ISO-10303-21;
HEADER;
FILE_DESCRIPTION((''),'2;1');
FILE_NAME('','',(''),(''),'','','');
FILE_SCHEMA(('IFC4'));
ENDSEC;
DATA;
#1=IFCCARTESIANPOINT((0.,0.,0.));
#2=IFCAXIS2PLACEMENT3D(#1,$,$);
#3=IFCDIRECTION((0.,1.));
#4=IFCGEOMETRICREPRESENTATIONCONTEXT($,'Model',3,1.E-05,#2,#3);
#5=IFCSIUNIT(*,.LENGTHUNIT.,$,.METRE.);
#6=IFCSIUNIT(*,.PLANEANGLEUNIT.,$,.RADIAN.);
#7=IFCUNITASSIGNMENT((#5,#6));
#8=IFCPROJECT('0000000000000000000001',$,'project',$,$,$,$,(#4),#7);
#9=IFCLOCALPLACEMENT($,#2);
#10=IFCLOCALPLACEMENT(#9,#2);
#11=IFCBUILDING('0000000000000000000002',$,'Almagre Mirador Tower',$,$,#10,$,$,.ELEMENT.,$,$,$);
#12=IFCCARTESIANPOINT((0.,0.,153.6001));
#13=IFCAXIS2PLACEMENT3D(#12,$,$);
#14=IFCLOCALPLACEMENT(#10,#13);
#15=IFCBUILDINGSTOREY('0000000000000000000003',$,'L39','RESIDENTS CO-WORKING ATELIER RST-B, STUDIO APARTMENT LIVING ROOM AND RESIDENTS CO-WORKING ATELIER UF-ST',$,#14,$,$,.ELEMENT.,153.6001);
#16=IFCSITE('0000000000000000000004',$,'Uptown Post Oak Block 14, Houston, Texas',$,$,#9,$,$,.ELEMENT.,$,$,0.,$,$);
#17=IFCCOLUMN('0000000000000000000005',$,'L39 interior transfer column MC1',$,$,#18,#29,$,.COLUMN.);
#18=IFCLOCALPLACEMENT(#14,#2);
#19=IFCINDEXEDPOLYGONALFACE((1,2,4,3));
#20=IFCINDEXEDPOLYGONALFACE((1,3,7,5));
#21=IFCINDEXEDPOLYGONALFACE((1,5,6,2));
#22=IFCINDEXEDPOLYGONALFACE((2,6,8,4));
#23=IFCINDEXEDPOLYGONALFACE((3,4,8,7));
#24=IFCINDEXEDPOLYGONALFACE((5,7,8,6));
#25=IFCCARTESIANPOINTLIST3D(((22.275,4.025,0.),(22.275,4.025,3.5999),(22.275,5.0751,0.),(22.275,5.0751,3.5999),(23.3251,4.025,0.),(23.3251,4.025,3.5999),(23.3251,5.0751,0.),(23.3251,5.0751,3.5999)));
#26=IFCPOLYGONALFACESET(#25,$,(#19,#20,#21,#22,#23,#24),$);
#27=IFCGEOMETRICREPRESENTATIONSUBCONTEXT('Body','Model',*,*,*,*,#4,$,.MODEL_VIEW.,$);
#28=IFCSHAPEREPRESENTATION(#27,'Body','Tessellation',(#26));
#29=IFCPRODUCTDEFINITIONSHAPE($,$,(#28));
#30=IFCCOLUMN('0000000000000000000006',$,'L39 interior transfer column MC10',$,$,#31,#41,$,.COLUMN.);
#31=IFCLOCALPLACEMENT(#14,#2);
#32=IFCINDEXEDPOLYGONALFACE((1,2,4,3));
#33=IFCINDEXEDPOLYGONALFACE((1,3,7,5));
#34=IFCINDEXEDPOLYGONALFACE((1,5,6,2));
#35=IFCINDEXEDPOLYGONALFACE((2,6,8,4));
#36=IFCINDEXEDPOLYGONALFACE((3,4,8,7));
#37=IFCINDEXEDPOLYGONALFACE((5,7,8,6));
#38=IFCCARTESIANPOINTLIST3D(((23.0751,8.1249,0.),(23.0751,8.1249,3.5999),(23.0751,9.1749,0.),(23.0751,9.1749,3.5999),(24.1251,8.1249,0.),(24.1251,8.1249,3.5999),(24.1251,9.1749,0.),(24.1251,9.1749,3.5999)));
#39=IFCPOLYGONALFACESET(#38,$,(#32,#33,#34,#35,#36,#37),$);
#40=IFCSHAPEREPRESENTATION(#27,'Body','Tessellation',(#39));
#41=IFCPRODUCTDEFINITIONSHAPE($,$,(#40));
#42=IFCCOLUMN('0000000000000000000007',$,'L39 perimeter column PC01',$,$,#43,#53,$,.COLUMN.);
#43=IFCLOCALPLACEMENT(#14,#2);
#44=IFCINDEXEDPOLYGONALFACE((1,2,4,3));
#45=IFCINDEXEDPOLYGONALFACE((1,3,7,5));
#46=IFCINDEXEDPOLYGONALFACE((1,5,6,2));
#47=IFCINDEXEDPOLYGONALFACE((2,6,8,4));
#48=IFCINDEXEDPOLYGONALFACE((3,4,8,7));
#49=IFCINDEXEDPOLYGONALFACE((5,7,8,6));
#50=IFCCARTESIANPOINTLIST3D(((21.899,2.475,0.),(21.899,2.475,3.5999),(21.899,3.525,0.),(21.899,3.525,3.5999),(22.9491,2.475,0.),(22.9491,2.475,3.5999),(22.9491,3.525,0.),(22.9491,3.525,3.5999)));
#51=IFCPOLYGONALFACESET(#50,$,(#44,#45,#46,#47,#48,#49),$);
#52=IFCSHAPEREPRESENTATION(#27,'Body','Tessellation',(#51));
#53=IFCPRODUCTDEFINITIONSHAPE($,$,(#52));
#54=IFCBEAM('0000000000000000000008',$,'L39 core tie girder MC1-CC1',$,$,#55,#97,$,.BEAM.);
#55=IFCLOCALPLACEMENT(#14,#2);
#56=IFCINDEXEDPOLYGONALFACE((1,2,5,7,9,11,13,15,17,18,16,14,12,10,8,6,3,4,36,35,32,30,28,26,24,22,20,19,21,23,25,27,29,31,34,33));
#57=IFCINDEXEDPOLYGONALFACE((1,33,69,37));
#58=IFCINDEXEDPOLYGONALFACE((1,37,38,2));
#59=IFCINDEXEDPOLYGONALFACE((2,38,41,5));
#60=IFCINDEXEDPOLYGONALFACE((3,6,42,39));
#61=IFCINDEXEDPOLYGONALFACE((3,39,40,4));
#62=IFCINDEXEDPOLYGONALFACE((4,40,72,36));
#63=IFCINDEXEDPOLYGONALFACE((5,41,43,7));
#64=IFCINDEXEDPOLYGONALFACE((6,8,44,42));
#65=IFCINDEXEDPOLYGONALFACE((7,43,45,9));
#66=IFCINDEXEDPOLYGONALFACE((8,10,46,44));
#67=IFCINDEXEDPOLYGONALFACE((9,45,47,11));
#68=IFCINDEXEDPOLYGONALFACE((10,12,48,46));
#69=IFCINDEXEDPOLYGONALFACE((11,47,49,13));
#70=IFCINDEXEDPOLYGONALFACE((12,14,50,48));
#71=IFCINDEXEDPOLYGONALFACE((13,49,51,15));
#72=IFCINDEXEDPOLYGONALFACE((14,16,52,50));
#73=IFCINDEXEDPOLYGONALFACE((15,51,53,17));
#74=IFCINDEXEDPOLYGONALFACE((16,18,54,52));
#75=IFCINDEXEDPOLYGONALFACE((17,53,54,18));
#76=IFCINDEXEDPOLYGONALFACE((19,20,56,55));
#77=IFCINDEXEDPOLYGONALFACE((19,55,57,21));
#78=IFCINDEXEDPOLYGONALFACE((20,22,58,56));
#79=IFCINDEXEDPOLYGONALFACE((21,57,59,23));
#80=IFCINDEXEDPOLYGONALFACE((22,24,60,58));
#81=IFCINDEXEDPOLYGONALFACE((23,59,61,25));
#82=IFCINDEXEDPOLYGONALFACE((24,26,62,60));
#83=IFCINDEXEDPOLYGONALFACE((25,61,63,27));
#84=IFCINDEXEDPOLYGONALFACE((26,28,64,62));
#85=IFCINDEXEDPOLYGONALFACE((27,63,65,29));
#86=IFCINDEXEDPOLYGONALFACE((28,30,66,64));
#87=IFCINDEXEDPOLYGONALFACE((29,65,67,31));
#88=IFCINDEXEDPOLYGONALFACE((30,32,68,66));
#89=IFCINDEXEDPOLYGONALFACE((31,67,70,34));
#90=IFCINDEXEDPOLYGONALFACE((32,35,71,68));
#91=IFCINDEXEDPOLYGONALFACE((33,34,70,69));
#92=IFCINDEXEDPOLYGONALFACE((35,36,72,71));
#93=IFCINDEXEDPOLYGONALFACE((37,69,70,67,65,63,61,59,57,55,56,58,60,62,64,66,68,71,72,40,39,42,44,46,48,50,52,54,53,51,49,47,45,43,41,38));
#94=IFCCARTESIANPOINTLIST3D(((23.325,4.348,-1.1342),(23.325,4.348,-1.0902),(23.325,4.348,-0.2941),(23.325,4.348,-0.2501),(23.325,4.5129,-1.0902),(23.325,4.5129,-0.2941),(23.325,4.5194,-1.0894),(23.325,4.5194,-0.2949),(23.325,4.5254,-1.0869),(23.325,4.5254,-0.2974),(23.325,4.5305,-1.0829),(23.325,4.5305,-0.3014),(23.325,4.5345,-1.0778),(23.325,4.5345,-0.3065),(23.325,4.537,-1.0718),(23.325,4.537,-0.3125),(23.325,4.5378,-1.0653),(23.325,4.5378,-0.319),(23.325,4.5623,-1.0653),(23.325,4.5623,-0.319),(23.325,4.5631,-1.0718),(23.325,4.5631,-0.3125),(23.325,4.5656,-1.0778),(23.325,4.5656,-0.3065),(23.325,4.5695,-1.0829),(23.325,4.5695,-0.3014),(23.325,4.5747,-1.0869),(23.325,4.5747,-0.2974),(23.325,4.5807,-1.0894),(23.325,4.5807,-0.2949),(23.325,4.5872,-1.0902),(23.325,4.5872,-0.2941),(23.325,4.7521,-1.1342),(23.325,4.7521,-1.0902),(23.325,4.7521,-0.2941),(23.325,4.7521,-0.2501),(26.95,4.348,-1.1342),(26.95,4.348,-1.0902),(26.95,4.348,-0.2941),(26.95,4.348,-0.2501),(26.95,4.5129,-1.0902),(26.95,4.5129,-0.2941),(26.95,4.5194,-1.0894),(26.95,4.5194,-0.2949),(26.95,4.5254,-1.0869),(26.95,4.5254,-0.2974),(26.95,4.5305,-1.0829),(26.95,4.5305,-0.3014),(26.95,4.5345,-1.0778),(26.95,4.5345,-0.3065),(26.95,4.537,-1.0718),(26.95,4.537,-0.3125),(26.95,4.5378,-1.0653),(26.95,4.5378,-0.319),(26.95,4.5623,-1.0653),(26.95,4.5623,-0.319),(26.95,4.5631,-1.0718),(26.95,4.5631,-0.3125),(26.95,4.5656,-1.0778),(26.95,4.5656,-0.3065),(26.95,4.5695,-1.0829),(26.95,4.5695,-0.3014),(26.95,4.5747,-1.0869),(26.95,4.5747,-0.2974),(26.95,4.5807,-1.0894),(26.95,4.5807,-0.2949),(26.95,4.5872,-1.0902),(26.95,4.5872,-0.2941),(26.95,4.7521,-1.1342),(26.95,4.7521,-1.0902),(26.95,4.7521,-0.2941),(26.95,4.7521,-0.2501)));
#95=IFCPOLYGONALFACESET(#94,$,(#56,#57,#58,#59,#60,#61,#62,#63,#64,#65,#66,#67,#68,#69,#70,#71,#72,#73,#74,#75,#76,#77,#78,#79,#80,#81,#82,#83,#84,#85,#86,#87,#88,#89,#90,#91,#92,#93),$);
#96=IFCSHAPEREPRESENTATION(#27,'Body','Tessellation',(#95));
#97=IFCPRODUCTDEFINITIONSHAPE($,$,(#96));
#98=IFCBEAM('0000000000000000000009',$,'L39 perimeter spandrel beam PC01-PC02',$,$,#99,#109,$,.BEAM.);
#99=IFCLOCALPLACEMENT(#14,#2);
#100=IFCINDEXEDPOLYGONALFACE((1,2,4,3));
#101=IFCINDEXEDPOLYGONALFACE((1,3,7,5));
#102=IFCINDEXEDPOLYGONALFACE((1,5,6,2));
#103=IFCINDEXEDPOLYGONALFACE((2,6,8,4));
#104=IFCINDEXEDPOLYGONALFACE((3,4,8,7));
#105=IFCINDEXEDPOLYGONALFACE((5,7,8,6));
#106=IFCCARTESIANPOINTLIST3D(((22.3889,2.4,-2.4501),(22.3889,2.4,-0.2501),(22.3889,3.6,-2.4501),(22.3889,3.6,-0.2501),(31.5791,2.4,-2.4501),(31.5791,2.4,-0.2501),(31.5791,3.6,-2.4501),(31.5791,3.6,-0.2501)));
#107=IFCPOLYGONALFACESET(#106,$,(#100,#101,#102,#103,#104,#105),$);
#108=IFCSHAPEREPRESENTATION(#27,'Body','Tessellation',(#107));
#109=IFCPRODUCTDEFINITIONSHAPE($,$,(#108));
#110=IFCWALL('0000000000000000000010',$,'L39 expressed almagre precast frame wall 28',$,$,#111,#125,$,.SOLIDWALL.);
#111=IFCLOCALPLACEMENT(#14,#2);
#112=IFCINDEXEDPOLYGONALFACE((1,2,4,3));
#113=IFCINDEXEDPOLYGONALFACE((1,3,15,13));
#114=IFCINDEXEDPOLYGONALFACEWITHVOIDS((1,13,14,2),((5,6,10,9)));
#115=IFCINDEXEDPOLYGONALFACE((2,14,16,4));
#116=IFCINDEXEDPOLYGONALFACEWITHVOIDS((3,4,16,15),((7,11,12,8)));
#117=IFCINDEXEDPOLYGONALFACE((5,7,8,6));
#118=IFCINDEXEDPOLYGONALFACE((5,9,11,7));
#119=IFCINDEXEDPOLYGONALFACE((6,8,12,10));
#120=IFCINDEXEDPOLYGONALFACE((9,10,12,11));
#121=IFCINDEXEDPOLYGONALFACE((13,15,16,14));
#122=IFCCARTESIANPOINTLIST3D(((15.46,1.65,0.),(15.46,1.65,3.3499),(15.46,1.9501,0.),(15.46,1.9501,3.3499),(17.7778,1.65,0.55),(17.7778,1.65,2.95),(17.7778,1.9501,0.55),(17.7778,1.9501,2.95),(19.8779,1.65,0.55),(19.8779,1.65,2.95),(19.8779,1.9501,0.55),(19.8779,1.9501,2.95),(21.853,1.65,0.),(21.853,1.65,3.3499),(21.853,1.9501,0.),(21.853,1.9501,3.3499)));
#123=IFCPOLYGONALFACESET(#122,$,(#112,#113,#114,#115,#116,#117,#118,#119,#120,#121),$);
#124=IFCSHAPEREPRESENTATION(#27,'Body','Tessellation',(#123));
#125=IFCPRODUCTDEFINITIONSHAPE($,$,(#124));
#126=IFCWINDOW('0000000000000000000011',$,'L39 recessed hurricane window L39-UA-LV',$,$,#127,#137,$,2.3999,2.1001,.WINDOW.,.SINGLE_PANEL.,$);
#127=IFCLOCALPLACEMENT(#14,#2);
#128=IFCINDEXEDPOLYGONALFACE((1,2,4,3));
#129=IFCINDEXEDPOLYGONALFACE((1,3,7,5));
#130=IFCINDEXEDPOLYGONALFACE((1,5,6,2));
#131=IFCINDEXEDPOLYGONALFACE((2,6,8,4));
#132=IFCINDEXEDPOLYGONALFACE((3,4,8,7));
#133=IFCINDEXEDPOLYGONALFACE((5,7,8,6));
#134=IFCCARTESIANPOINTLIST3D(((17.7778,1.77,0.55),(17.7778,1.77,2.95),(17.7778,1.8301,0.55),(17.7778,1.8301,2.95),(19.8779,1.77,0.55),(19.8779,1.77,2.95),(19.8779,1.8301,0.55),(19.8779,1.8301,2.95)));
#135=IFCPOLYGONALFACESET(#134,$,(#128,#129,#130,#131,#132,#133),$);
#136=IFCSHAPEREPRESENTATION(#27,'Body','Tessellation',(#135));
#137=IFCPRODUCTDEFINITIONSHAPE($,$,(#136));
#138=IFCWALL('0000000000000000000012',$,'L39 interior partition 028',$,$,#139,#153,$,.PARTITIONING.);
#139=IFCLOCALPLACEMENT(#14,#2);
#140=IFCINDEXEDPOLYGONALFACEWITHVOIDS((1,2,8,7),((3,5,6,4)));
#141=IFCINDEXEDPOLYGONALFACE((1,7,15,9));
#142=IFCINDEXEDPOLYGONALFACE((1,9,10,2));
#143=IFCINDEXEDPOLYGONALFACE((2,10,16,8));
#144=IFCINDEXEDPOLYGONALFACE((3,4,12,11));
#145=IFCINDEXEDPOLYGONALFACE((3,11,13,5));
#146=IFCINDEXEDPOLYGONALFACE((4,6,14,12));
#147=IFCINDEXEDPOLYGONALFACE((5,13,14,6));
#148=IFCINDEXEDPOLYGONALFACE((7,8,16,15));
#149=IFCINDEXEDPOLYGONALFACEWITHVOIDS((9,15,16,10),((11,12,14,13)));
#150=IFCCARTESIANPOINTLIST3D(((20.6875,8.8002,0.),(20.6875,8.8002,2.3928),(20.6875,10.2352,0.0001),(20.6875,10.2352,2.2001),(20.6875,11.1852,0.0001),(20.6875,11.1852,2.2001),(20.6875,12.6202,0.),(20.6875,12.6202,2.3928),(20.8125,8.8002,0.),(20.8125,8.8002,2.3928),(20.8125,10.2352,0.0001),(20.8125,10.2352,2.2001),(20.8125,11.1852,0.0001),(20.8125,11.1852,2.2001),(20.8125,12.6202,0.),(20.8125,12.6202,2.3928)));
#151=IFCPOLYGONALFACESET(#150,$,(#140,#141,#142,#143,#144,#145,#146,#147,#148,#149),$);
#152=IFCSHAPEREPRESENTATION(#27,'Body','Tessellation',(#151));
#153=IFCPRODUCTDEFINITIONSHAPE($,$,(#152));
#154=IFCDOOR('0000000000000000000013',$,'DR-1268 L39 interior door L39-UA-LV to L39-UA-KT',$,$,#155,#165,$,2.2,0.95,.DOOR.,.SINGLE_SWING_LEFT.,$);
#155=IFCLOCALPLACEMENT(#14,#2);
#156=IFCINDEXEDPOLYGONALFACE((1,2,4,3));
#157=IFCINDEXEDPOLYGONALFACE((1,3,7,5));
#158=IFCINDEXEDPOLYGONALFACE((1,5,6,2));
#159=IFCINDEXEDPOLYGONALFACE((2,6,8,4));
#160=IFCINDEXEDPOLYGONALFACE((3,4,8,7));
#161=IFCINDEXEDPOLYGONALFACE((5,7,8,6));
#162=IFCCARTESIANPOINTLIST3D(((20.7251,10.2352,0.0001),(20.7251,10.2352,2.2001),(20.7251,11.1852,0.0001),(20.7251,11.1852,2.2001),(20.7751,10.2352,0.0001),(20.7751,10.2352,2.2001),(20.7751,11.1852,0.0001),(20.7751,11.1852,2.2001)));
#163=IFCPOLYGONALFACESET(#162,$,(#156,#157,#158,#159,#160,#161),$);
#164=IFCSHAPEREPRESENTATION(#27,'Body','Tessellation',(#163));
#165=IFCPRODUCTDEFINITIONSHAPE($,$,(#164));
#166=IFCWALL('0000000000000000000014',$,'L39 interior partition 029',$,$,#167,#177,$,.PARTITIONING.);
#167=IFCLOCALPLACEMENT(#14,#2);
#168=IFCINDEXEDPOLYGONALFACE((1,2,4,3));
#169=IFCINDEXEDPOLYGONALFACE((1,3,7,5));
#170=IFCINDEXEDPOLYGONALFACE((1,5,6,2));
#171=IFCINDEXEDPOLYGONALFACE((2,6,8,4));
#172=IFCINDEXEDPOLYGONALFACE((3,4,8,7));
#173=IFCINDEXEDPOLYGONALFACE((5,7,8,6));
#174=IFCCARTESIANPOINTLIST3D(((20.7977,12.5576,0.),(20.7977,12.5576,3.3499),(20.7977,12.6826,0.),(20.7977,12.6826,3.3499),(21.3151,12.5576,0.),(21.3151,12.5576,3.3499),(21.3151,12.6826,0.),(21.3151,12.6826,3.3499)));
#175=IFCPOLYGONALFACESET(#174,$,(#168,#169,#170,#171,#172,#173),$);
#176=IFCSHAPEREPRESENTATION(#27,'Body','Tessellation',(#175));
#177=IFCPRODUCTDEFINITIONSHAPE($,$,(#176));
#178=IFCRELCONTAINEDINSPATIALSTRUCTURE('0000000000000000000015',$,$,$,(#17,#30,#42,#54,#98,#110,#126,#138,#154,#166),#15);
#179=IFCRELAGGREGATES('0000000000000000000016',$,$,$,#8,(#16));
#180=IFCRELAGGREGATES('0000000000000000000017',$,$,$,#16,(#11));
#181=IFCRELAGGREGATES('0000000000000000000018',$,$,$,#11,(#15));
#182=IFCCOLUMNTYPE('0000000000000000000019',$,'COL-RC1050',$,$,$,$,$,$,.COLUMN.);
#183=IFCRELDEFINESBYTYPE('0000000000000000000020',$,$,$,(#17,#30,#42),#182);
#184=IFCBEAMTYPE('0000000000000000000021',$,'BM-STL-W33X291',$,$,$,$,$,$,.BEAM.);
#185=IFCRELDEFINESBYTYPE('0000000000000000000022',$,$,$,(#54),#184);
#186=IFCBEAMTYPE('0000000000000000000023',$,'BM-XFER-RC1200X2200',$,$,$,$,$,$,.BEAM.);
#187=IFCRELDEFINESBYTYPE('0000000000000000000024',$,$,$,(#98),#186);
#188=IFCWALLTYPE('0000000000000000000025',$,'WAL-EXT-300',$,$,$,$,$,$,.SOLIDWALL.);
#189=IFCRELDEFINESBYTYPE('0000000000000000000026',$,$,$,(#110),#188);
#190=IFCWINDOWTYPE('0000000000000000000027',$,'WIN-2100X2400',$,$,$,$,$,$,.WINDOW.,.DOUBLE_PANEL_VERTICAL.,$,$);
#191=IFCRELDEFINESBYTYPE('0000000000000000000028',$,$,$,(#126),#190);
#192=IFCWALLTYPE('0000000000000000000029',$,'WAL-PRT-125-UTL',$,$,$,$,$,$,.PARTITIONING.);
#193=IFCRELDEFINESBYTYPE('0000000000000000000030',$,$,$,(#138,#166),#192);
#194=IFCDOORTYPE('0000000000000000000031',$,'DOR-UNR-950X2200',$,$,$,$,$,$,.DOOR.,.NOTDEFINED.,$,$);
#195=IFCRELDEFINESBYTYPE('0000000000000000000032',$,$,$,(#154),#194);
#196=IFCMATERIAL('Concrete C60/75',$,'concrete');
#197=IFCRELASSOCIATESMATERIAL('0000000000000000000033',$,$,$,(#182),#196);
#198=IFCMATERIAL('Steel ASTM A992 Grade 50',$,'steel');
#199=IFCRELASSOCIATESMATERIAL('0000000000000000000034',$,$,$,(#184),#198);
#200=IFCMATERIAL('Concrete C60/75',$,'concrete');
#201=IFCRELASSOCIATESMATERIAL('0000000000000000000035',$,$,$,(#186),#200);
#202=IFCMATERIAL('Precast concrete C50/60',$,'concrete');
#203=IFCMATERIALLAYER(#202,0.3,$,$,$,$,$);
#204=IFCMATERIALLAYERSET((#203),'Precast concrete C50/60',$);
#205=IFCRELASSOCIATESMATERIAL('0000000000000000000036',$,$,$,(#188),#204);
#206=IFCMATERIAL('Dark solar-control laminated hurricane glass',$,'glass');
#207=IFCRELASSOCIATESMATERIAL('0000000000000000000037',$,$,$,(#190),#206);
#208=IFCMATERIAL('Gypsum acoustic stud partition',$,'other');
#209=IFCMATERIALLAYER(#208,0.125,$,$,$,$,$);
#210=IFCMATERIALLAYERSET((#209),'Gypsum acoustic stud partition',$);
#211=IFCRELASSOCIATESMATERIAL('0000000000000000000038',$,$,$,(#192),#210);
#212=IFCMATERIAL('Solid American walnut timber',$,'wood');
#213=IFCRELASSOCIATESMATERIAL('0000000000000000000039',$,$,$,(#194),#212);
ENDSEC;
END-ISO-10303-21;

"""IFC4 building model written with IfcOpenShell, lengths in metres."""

from ifc_helpers import new_model, si_unit, direction, frame, frame_2d, origin, origin_2d, place, context, subcontext, project, spatial, rectangle, i_section, extrude, material, layer, layer_set, material_profile, profile_set, type_object, element, fill, save


model = new_model("IFC4")

# Units and contexts
model_context = context("Model", 3, precision=1e-05, world=origin(), true_north=direction((0.0, 1.0)))
body_context = subcontext(model_context, "Body", "Model", "MODEL_VIEW")
ifc_project = project(units=[si_unit("LENGTHUNIT", "METRE"), si_unit("PLANEANGLEUNIT", "RADIAN")], contexts=[model_context])

# Site, building, storey
site_placement = place(None, origin())
site = spatial("IfcSite", under=ifc_project, at=site_placement, Name="Uptown Post Oak Block 14, Houston, Texas", CompositionType="ELEMENT", RefElevation=0.0)
building_placement = place(site_placement, origin())
building = spatial("IfcBuilding", under=site, at=building_placement, Name="Almagre Mirador Tower", CompositionType="ELEMENT")
storey_placement = place(building_placement, frame((0.0, 0.0, 153.6001)))
storey = spatial("IfcBuildingStorey", under=building, at=storey_placement, Name="L39", Description="RESIDENTS CO-WORKING ATELIER RST-B, STUDIO APARTMENT LIVING ROOM AND RESIDENTS CO-WORKING ATELIER UF-ST", CompositionType="ELEMENT", Elevation=153.6001)

# Columns
ifc_material_1 = material(Name="Concrete C60/75", Category="concrete")
ifc_material_profile_1 = material_profile(ifc_material_1, rectangle(XDim=1.05, YDim=1.05, at=origin_2d()), Name="RC1050X1050")
ifc_profile_set_1 = profile_set([ifc_material_profile_1], Name="Concrete C60/75")
column_type = type_object("IfcColumnType", Name="COL-RC1050", PredefinedType="COLUMN", material=ifc_profile_set_1)
for number, where, z_axis, x_axis, name in (
    (1, (22.8, 4.55, 0.0), (0.0, 0.0, 1.0), (1.0, 0.0, 0.0), "L39 interior transfer column MC1"),
    (2, (23.6001, 8.6499, 0.0), (0.0, 0.0, 1.0), (1.0, 0.0, 0.0), "L39 interior transfer column MC10"),
    (3, (22.4241, 3.0, 0.0), (0.0, 0.0, 1.0), (1.0, 0.0, 0.0), "L39 perimeter column PC01"),
):
    element("IfcColumn", number, at=place(storey_placement, frame(where, z_axis=z_axis, x_axis=x_axis)), inside=storey, type_object=column_type, Name=name, PredefinedType="COLUMN", context=body_context, shape_type="SweptSolid", body=[
        extrude(rectangle(XDim=1.05, YDim=1.05, at=origin_2d()), origin(), (0.0, 0.0, 1.0), 3.5999),
    ])

# Beams
ifc_material_2 = material(Name="Steel ASTM A992 Grade 50", Category="steel")
ifc_material_profile_2 = material_profile(ifc_material_2, i_section(OverallWidth=0.4041, OverallDepth=0.884, WebThickness=0.0244, FlangeThickness=0.0439, FilletRadius=0.0249, at=origin_2d()), Name="W33X291")
ifc_profile_set_2 = profile_set([ifc_material_profile_2], Name="Steel ASTM A992 Grade 50")
beam_type_1 = type_object("IfcBeamType", Name="BM-STL-W33X291", PredefinedType="BEAM", material=ifc_profile_set_2)
beam_1_placement = place(storey_placement, frame((23.325, 4.55, -0.6921), z_axis=(1.0, 0.0, 0.0), x_axis=(0.0, 1.0, 0.0)))
element("IfcBeam", 4, at=beam_1_placement, inside=storey, type_object=beam_type_1, Name="L39 core tie girder MC1-CC1", PredefinedType="BEAM", context=body_context, shape_type="SweptSolid", body=[
    extrude(i_section(OverallWidth=0.4041, OverallDepth=0.884, WebThickness=0.0244, FlangeThickness=0.0439, FilletRadius=0.0249, at=origin_2d()), origin(), (0.0, 0.0, 1.0), 3.625),
])
ifc_material_3 = material(Name="Concrete C60/75", Category="concrete")
ifc_material_profile_3 = material_profile(ifc_material_3, rectangle(XDim=1.2, YDim=2.2, at=origin_2d()), Name="RC1200X2200")
ifc_profile_set_3 = profile_set([ifc_material_profile_3], Name="Concrete C60/75")
beam_type_2 = type_object("IfcBeamType", Name="BM-XFER-RC1200X2200", PredefinedType="BEAM", material=ifc_profile_set_3)
beam_2_placement = place(storey_placement, frame((22.3889, 3.0, -1.3501), z_axis=(1.0, 0.0, 0.0), x_axis=(0.0, 1.0, 0.0)))
element("IfcBeam", 5, at=beam_2_placement, inside=storey, type_object=beam_type_2, Name="L39 perimeter spandrel beam PC01-PC02", PredefinedType="BEAM", context=body_context, shape_type="SweptSolid", body=[
    extrude(rectangle(XDim=1.2, YDim=2.2, at=origin_2d()), origin(), (0.0, 0.0, 1.0), 9.1902),
])

# Wall, opening, window
ifc_material_4 = material(Name="Precast concrete C50/60", Category="concrete")
ifc_layer_1 = layer(ifc_material_4, 0.3)
ifc_layer_set_1 = layer_set([ifc_layer_1], Name="Precast concrete C50/60")
wall_type_1 = type_object("IfcWallType", Name="WAL-EXT-300", PredefinedType="SOLIDWALL", material=ifc_layer_set_1)
wall_1_placement = place(storey_placement, frame((21.853, 1.8, 0.0), z_axis=(0.0, 0.0, 1.0), x_axis=(-1.0, 0.0, 0.0)))
wall_1 = element("IfcWall", 6, at=wall_1_placement, inside=storey, type_object=wall_type_1, Name="L39 expressed almagre precast frame wall 28", PredefinedType="SOLIDWALL", context=body_context, shape_type="SweptSolid", body=[
    extrude(rectangle(XDim=6.3931, YDim=0.3, at=frame_2d((3.1965, 0.0))), origin(), (0.0, 0.0, 1.0), 3.3499),
])
opening_1_placement = place(wall_1_placement, frame((1.9751, 0.0, 0.55)))
opening_1 = element("IfcOpeningElement", 7, at=opening_1_placement, cuts=wall_1, PredefinedType="OPENING", context=body_context, shape_type="SweptSolid", body=[
    extrude(rectangle(XDim=2.1001, YDim=2.3999, at=frame_2d((1.05, 1.2))), frame((0.0, 0.1599, 0.0), z_axis=(0.0, -1.0, 0.0), x_axis=(1.0, 0.0, 0.0)), (0.0, 0.0, 1.0), 0.32),
])
ifc_material_5 = material(Name="Dark solar-control laminated hurricane glass", Category="glass")
window_type = type_object("IfcWindowType", Name="WIN-2100X2400", PartitioningType="DOUBLE_PANEL_VERTICAL", PredefinedType="WINDOW", material=ifc_material_5)
window_placement = place(opening_1_placement, origin())
window = element("IfcWindow", 8, at=window_placement, inside=storey, type_object=window_type, Name="L39 recessed hurricane window L39-UA-LV", OverallHeight=2.3999, OverallWidth=2.1001, PartitioningType="SINGLE_PANEL", PredefinedType="WINDOW", context=body_context, shape_type="SweptSolid", body=[
    extrude(rectangle(XDim=2.1001, YDim=2.3999, at=frame_2d((1.05, 1.2))), frame((0.0, 0.03, 0.0), z_axis=(0.0, -1.0, 0.0), x_axis=(1.0, 0.0, 0.0)), (0.0, 0.0, 1.0), 0.0601),
])
fill(opening_1, window)

# Wall, opening, door
ifc_material_6 = material(Name="Gypsum acoustic stud partition", Category="other")
ifc_layer_2 = layer(ifc_material_6, 0.125)
ifc_layer_set_2 = layer_set([ifc_layer_2], Name="Gypsum acoustic stud partition")
wall_type_2 = type_object("IfcWallType", Name="WAL-PRT-125-UTL", PredefinedType="PARTITIONING", material=ifc_layer_set_2)
wall_2_placement = place(storey_placement, frame((20.75, 8.8, 0.0), z_axis=(0.0, 0.0, 1.0), x_axis=(0.0, 1.0, 0.0)))
wall_2 = element("IfcWall", 9, at=wall_2_placement, inside=storey, type_object=wall_type_2, Name="L39 interior partition 028", PredefinedType="PARTITIONING", context=body_context, shape_type="SweptSolid", body=[
    extrude(rectangle(XDim=3.8201, YDim=0.125, at=frame_2d((1.9102, 0.0))), origin(), (0.0, 0.0, 1.0), 2.3928),
])
opening_2_placement = place(wall_2_placement, frame((1.4351, 0.0, 0.0)))
opening_2 = element("IfcOpeningElement", 10, at=opening_2_placement, cuts=wall_2, PredefinedType="OPENING", context=body_context, shape_type="SweptSolid", body=[
    extrude(rectangle(XDim=0.95, YDim=2.2, at=frame_2d((0.4751, 1.1001))), frame((0.0, 0.0725, 0.0), z_axis=(0.0, -1.0, 0.0), x_axis=(1.0, 0.0, 0.0)), (0.0, 0.0, 1.0), 0.145),
])
ifc_material_7 = material(Name="Solid American walnut timber", Category="wood")
door_type = type_object("IfcDoorType", Name="DOR-UNR-950X2200", OperationType="NOTDEFINED", PredefinedType="DOOR", material=ifc_material_7)
door_placement = place(opening_2_placement, origin())
door = element("IfcDoor", 11, at=door_placement, inside=storey, type_object=door_type, Name="DR-1268 L39 interior door L39-UA-LV to L39-UA-KT", OperationType="SINGLE_SWING_LEFT", OverallHeight=2.2, OverallWidth=0.95, PredefinedType="DOOR", context=body_context, shape_type="SweptSolid", body=[
    extrude(rectangle(XDim=0.95, YDim=2.2, at=frame_2d((0.4751, 1.1001))), frame((0.0, 0.0249, 0.0), z_axis=(0.0, -1.0, 0.0), x_axis=(1.0, 0.0, 0.0)), (0.0, 0.0, 1.0), 0.05),
])
fill(opening_2, door)

# Wall
wall_3_placement = place(storey_placement, frame((20.7976, 12.6201, 0.0), z_axis=(0.0, 0.0, 1.0), x_axis=(1.0, 0.0, 0.0)))
element("IfcWall", 12, at=wall_3_placement, inside=storey, type_object=wall_type_2, Name="L39 interior partition 029", PredefinedType="PARTITIONING", context=body_context, shape_type="SweptSolid", body=[
    extrude(rectangle(XDim=0.5173, YDim=0.125, at=frame_2d((0.2588, 0.0))), origin(), (0.0, 0.0, 1.0), 3.3499),
])

save(model, "model.ifc")
